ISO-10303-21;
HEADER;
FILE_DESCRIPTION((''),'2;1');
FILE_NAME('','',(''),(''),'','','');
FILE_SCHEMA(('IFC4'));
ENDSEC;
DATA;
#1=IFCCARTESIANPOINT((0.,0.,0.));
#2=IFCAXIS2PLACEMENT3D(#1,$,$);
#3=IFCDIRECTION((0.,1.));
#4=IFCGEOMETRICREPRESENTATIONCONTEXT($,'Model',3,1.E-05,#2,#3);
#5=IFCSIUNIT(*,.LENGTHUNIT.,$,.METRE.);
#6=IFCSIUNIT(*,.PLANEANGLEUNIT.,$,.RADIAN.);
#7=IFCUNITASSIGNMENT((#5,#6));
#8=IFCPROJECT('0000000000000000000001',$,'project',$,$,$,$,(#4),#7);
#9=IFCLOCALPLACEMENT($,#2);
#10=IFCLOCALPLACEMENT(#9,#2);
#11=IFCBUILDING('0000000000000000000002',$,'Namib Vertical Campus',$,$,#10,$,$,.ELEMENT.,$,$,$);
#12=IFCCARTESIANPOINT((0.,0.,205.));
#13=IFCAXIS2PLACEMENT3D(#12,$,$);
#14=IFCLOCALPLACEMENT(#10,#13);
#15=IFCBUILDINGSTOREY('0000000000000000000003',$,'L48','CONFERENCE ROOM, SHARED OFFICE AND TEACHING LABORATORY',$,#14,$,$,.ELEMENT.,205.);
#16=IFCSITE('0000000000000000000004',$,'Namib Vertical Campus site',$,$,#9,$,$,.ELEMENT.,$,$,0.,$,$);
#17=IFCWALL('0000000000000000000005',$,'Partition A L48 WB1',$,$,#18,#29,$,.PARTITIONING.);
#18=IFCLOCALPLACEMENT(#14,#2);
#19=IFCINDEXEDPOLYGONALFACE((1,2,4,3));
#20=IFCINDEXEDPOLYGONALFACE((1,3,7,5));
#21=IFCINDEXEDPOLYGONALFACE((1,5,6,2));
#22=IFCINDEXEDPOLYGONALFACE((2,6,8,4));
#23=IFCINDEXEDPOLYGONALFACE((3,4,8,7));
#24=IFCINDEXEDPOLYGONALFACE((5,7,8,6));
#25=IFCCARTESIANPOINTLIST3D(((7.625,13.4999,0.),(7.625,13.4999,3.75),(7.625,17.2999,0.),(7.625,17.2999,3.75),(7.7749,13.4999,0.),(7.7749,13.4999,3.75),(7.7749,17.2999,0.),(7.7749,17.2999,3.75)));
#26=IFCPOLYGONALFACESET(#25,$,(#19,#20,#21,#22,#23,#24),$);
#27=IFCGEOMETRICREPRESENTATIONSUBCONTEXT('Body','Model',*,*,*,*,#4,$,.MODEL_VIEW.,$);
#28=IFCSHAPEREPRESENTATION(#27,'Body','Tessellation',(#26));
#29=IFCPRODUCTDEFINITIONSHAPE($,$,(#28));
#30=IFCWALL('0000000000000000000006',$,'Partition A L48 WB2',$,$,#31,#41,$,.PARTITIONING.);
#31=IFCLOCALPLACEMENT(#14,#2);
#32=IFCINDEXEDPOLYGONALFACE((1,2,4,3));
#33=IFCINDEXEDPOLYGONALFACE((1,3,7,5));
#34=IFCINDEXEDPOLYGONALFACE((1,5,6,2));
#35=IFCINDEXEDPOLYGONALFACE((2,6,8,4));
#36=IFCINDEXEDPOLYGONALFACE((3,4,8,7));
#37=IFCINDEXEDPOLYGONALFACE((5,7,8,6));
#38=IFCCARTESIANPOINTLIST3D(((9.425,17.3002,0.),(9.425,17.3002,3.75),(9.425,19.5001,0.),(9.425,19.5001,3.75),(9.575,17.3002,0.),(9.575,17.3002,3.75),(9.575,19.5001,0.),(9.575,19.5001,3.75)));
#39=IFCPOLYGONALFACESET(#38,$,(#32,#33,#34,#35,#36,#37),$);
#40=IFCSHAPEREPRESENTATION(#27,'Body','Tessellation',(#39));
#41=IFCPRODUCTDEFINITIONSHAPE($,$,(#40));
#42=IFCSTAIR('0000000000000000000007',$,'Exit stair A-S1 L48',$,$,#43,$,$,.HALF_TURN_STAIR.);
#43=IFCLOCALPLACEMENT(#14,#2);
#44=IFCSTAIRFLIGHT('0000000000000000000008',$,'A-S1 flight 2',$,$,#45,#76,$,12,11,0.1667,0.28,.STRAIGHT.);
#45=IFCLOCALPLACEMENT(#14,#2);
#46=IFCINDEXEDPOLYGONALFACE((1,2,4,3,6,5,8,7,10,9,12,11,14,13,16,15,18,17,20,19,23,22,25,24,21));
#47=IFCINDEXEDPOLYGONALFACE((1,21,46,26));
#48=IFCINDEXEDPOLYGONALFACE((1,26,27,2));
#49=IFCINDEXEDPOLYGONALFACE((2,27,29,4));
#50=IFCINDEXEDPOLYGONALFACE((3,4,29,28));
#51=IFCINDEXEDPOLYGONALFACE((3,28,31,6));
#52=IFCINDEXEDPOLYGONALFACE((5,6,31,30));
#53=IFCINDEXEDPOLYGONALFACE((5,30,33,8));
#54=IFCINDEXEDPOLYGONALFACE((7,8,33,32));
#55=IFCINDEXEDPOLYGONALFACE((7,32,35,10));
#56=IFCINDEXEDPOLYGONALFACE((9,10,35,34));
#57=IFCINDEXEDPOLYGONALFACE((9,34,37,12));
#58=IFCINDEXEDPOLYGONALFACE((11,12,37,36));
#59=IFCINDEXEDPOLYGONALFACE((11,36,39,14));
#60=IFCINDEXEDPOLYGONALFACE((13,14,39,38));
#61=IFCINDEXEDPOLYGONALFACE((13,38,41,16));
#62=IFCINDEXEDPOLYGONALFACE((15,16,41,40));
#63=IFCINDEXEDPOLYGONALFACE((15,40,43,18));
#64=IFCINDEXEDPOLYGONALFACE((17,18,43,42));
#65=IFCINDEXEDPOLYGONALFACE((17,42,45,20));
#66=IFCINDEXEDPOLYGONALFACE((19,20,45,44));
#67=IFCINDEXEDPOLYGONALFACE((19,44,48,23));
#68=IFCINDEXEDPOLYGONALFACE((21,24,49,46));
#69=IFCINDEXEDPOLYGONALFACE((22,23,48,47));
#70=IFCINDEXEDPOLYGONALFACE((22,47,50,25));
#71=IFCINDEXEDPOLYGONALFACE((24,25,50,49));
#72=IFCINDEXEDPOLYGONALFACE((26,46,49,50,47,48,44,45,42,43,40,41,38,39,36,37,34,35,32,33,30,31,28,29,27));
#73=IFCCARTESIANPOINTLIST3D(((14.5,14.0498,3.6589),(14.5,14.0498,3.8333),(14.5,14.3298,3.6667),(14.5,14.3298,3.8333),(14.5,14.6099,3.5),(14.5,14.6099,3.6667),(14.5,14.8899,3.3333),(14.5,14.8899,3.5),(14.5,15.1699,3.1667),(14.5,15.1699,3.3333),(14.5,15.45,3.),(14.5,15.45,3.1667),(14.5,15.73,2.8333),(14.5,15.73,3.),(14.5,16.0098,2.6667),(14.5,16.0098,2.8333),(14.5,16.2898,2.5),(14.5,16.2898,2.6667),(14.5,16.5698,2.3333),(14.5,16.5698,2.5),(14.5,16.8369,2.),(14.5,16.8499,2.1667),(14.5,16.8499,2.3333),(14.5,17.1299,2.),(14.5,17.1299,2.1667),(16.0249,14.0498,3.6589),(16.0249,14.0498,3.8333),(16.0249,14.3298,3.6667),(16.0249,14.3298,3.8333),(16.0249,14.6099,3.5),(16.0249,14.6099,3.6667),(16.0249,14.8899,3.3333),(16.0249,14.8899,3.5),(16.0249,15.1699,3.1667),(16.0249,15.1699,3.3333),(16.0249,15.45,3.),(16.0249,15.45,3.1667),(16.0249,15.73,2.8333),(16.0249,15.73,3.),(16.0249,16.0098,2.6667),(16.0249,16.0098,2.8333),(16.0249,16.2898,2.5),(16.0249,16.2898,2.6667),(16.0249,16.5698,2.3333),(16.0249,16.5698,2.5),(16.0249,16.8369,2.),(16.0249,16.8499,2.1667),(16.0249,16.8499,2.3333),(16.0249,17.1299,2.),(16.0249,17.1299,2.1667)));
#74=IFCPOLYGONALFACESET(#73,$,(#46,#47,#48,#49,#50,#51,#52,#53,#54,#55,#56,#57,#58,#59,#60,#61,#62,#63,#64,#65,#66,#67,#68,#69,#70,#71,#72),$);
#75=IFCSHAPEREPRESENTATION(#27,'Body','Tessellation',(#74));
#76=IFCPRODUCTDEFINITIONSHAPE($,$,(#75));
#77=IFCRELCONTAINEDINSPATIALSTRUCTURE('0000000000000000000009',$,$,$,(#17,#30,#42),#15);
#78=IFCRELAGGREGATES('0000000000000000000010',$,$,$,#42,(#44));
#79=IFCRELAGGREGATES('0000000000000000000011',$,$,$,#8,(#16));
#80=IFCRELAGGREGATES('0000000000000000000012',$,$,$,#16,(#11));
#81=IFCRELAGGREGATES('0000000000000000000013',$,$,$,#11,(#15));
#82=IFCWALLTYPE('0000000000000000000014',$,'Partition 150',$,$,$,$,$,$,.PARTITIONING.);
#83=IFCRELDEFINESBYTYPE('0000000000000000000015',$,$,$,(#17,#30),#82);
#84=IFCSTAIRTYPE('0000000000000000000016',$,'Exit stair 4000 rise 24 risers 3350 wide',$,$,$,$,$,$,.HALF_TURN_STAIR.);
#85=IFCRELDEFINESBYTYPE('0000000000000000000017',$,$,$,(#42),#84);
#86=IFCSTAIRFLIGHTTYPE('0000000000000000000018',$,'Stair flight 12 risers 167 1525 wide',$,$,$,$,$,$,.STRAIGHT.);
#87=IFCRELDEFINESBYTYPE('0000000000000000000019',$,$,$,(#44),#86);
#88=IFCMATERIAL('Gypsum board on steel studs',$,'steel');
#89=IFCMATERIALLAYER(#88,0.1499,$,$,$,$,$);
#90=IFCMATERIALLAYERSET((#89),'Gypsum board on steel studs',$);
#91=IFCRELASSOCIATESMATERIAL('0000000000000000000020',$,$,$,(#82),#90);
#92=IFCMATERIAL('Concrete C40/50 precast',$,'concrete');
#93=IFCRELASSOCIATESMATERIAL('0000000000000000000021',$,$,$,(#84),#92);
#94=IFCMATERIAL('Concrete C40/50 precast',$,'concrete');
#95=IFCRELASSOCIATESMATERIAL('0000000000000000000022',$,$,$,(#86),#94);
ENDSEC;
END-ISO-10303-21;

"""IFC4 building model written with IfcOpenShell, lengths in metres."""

from ifc_helpers import new_model, si_unit, direction, frame, frame_2d, origin, place, context, subcontext, project, spatial, polyline, rectangle, outline, extrude, material, layer, layer_set, type_object, element, aggregate, save


model = new_model("IFC4")

# Units and contexts
model_context = context("Model", 3, precision=1e-05, world=origin(), true_north=direction((0.0, 1.0)))
body_context = subcontext(model_context, "Body", "Model", "MODEL_VIEW")
ifc_project = project(units=[si_unit("LENGTHUNIT", "METRE"), si_unit("PLANEANGLEUNIT", "RADIAN")], contexts=[model_context])

# Site, building, storey
site_placement = place(None, origin())
site = spatial("IfcSite", under=ifc_project, at=site_placement, Name="Namib Vertical Campus site", CompositionType="ELEMENT", RefElevation=0.0)
building_placement = place(site_placement, origin())
building = spatial("IfcBuilding", under=site, at=building_placement, Name="Namib Vertical Campus", CompositionType="ELEMENT")
storey_placement = place(building_placement, frame((0.0, 0.0, 205.0)))
storey = spatial("IfcBuildingStorey", under=building, at=storey_placement, Name="L48", Description="CONFERENCE ROOM, SHARED OFFICE AND TEACHING LABORATORY", CompositionType="ELEMENT", Elevation=205.0)

# Walls
ifc_material_1 = material(Name="Gypsum board on steel studs", Category="steel")
ifc_layer_1 = layer(ifc_material_1, 0.1499)
ifc_layer_set_1 = layer_set([ifc_layer_1], Name="Gypsum board on steel studs")
wall_type_1 = type_object("IfcWallType", Name="Partition 150", PredefinedType="PARTITIONING", material=ifc_layer_set_1)
wall_1_placement = place(storey_placement, frame((7.7, 13.5, 0.0), z_axis=(0.0, 0.0, 1.0), x_axis=(0.0, 1.0, 0.0)))
element("IfcWall", 1, at=wall_1_placement, inside=storey, type_object=wall_type_1, Name="Partition A L48 WB1", PredefinedType="PARTITIONING", context=body_context, shape_type="SweptSolid", body=[
    extrude(rectangle(XDim=3.8, YDim=0.1499, at=frame_2d((1.8999, 0.0))), origin(), (0.0, 0.0, 1.0), 3.75),
])
wall_2_placement = place(storey_placement, frame((9.5, 17.3, 0.0), z_axis=(0.0, 0.0, 1.0), x_axis=(0.0, 1.0, 0.0)))
element("IfcWall", 2, at=wall_2_placement, inside=storey, type_object=wall_type_1, Name="Partition A L48 WB2", PredefinedType="PARTITIONING", context=body_context, shape_type="SweptSolid", body=[
    extrude(rectangle(XDim=2.2, YDim=0.1499, at=frame_2d((1.1001, 0.0))), origin(), (0.0, 0.0, 1.0), 3.75),
])

# Stair, stair flight
ifc_material_2 = material(Name="Concrete C40/50 precast", Category="concrete")
stair_type = type_object("IfcStairType", Name="Exit stair 4000 rise 24 risers 3350 wide", PredefinedType="HALF_TURN_STAIR", material=ifc_material_2)
stair_placement = place(storey_placement, origin())
stair = element("IfcStair", 3, at=stair_placement, inside=storey, type_object=stair_type, Name="Exit stair A-S1 L48", PredefinedType="HALF_TURN_STAIR")
ifc_material_3 = material(Name="Concrete C40/50 precast", Category="concrete")
stair_flight_type = type_object("IfcStairFlightType", Name="Stair flight 12 risers 167 1525 wide", PredefinedType="STRAIGHT", material=ifc_material_3)
stair_flight_placement = place(storey_placement, frame((15.2625, 17.1299, 2.0), z_axis=(0.0, 0.0, 1.0), x_axis=(0.0, -1.0, 0.0)))
stair_flight = element("IfcStairFlight", 4, at=stair_flight_placement, type_object=stair_flight_type, Name="A-S1 flight 2", NumberOfRisers=12, NumberOfTreads=11, PredefinedType="STRAIGHT", RiserHeight=0.1667, TreadLength=0.28, context=body_context, shape_type="SweptSolid", body=[
    extrude(outline(polyline([(0.0, 0.0), (0.0, 0.1667), (0.28, 0.1667), (0.28, 0.3333), (0.5601, 0.3333), (0.5601, 0.5), (0.8401, 0.5), (0.8401, 0.6667), (1.1201, 0.6667), (1.1201, 0.8333), (1.3999, 0.8333), (1.3999, 1.0), (1.6799, 1.0), (1.6799, 1.1667), (1.96, 1.1667), (1.96, 1.3333), (2.24, 1.3333), (2.24, 1.5), (2.52, 1.5), (2.52, 1.6667), (2.8, 1.6667), (2.8, 1.8333), (3.0801, 1.8333), (3.0801, 2.0), (3.0801, 1.6589), (0.293, 0.0), (0.0, 0.0)])), frame((0.0, 0.7625, 0.0), z_axis=(0.0, -1.0, 0.0), x_axis=(1.0, 0.0, 0.0)), (0.0, 0.0, 1.0), 1.5249),
])
aggregate(stair, [stair_flight])

save(model, "model.ifc")
